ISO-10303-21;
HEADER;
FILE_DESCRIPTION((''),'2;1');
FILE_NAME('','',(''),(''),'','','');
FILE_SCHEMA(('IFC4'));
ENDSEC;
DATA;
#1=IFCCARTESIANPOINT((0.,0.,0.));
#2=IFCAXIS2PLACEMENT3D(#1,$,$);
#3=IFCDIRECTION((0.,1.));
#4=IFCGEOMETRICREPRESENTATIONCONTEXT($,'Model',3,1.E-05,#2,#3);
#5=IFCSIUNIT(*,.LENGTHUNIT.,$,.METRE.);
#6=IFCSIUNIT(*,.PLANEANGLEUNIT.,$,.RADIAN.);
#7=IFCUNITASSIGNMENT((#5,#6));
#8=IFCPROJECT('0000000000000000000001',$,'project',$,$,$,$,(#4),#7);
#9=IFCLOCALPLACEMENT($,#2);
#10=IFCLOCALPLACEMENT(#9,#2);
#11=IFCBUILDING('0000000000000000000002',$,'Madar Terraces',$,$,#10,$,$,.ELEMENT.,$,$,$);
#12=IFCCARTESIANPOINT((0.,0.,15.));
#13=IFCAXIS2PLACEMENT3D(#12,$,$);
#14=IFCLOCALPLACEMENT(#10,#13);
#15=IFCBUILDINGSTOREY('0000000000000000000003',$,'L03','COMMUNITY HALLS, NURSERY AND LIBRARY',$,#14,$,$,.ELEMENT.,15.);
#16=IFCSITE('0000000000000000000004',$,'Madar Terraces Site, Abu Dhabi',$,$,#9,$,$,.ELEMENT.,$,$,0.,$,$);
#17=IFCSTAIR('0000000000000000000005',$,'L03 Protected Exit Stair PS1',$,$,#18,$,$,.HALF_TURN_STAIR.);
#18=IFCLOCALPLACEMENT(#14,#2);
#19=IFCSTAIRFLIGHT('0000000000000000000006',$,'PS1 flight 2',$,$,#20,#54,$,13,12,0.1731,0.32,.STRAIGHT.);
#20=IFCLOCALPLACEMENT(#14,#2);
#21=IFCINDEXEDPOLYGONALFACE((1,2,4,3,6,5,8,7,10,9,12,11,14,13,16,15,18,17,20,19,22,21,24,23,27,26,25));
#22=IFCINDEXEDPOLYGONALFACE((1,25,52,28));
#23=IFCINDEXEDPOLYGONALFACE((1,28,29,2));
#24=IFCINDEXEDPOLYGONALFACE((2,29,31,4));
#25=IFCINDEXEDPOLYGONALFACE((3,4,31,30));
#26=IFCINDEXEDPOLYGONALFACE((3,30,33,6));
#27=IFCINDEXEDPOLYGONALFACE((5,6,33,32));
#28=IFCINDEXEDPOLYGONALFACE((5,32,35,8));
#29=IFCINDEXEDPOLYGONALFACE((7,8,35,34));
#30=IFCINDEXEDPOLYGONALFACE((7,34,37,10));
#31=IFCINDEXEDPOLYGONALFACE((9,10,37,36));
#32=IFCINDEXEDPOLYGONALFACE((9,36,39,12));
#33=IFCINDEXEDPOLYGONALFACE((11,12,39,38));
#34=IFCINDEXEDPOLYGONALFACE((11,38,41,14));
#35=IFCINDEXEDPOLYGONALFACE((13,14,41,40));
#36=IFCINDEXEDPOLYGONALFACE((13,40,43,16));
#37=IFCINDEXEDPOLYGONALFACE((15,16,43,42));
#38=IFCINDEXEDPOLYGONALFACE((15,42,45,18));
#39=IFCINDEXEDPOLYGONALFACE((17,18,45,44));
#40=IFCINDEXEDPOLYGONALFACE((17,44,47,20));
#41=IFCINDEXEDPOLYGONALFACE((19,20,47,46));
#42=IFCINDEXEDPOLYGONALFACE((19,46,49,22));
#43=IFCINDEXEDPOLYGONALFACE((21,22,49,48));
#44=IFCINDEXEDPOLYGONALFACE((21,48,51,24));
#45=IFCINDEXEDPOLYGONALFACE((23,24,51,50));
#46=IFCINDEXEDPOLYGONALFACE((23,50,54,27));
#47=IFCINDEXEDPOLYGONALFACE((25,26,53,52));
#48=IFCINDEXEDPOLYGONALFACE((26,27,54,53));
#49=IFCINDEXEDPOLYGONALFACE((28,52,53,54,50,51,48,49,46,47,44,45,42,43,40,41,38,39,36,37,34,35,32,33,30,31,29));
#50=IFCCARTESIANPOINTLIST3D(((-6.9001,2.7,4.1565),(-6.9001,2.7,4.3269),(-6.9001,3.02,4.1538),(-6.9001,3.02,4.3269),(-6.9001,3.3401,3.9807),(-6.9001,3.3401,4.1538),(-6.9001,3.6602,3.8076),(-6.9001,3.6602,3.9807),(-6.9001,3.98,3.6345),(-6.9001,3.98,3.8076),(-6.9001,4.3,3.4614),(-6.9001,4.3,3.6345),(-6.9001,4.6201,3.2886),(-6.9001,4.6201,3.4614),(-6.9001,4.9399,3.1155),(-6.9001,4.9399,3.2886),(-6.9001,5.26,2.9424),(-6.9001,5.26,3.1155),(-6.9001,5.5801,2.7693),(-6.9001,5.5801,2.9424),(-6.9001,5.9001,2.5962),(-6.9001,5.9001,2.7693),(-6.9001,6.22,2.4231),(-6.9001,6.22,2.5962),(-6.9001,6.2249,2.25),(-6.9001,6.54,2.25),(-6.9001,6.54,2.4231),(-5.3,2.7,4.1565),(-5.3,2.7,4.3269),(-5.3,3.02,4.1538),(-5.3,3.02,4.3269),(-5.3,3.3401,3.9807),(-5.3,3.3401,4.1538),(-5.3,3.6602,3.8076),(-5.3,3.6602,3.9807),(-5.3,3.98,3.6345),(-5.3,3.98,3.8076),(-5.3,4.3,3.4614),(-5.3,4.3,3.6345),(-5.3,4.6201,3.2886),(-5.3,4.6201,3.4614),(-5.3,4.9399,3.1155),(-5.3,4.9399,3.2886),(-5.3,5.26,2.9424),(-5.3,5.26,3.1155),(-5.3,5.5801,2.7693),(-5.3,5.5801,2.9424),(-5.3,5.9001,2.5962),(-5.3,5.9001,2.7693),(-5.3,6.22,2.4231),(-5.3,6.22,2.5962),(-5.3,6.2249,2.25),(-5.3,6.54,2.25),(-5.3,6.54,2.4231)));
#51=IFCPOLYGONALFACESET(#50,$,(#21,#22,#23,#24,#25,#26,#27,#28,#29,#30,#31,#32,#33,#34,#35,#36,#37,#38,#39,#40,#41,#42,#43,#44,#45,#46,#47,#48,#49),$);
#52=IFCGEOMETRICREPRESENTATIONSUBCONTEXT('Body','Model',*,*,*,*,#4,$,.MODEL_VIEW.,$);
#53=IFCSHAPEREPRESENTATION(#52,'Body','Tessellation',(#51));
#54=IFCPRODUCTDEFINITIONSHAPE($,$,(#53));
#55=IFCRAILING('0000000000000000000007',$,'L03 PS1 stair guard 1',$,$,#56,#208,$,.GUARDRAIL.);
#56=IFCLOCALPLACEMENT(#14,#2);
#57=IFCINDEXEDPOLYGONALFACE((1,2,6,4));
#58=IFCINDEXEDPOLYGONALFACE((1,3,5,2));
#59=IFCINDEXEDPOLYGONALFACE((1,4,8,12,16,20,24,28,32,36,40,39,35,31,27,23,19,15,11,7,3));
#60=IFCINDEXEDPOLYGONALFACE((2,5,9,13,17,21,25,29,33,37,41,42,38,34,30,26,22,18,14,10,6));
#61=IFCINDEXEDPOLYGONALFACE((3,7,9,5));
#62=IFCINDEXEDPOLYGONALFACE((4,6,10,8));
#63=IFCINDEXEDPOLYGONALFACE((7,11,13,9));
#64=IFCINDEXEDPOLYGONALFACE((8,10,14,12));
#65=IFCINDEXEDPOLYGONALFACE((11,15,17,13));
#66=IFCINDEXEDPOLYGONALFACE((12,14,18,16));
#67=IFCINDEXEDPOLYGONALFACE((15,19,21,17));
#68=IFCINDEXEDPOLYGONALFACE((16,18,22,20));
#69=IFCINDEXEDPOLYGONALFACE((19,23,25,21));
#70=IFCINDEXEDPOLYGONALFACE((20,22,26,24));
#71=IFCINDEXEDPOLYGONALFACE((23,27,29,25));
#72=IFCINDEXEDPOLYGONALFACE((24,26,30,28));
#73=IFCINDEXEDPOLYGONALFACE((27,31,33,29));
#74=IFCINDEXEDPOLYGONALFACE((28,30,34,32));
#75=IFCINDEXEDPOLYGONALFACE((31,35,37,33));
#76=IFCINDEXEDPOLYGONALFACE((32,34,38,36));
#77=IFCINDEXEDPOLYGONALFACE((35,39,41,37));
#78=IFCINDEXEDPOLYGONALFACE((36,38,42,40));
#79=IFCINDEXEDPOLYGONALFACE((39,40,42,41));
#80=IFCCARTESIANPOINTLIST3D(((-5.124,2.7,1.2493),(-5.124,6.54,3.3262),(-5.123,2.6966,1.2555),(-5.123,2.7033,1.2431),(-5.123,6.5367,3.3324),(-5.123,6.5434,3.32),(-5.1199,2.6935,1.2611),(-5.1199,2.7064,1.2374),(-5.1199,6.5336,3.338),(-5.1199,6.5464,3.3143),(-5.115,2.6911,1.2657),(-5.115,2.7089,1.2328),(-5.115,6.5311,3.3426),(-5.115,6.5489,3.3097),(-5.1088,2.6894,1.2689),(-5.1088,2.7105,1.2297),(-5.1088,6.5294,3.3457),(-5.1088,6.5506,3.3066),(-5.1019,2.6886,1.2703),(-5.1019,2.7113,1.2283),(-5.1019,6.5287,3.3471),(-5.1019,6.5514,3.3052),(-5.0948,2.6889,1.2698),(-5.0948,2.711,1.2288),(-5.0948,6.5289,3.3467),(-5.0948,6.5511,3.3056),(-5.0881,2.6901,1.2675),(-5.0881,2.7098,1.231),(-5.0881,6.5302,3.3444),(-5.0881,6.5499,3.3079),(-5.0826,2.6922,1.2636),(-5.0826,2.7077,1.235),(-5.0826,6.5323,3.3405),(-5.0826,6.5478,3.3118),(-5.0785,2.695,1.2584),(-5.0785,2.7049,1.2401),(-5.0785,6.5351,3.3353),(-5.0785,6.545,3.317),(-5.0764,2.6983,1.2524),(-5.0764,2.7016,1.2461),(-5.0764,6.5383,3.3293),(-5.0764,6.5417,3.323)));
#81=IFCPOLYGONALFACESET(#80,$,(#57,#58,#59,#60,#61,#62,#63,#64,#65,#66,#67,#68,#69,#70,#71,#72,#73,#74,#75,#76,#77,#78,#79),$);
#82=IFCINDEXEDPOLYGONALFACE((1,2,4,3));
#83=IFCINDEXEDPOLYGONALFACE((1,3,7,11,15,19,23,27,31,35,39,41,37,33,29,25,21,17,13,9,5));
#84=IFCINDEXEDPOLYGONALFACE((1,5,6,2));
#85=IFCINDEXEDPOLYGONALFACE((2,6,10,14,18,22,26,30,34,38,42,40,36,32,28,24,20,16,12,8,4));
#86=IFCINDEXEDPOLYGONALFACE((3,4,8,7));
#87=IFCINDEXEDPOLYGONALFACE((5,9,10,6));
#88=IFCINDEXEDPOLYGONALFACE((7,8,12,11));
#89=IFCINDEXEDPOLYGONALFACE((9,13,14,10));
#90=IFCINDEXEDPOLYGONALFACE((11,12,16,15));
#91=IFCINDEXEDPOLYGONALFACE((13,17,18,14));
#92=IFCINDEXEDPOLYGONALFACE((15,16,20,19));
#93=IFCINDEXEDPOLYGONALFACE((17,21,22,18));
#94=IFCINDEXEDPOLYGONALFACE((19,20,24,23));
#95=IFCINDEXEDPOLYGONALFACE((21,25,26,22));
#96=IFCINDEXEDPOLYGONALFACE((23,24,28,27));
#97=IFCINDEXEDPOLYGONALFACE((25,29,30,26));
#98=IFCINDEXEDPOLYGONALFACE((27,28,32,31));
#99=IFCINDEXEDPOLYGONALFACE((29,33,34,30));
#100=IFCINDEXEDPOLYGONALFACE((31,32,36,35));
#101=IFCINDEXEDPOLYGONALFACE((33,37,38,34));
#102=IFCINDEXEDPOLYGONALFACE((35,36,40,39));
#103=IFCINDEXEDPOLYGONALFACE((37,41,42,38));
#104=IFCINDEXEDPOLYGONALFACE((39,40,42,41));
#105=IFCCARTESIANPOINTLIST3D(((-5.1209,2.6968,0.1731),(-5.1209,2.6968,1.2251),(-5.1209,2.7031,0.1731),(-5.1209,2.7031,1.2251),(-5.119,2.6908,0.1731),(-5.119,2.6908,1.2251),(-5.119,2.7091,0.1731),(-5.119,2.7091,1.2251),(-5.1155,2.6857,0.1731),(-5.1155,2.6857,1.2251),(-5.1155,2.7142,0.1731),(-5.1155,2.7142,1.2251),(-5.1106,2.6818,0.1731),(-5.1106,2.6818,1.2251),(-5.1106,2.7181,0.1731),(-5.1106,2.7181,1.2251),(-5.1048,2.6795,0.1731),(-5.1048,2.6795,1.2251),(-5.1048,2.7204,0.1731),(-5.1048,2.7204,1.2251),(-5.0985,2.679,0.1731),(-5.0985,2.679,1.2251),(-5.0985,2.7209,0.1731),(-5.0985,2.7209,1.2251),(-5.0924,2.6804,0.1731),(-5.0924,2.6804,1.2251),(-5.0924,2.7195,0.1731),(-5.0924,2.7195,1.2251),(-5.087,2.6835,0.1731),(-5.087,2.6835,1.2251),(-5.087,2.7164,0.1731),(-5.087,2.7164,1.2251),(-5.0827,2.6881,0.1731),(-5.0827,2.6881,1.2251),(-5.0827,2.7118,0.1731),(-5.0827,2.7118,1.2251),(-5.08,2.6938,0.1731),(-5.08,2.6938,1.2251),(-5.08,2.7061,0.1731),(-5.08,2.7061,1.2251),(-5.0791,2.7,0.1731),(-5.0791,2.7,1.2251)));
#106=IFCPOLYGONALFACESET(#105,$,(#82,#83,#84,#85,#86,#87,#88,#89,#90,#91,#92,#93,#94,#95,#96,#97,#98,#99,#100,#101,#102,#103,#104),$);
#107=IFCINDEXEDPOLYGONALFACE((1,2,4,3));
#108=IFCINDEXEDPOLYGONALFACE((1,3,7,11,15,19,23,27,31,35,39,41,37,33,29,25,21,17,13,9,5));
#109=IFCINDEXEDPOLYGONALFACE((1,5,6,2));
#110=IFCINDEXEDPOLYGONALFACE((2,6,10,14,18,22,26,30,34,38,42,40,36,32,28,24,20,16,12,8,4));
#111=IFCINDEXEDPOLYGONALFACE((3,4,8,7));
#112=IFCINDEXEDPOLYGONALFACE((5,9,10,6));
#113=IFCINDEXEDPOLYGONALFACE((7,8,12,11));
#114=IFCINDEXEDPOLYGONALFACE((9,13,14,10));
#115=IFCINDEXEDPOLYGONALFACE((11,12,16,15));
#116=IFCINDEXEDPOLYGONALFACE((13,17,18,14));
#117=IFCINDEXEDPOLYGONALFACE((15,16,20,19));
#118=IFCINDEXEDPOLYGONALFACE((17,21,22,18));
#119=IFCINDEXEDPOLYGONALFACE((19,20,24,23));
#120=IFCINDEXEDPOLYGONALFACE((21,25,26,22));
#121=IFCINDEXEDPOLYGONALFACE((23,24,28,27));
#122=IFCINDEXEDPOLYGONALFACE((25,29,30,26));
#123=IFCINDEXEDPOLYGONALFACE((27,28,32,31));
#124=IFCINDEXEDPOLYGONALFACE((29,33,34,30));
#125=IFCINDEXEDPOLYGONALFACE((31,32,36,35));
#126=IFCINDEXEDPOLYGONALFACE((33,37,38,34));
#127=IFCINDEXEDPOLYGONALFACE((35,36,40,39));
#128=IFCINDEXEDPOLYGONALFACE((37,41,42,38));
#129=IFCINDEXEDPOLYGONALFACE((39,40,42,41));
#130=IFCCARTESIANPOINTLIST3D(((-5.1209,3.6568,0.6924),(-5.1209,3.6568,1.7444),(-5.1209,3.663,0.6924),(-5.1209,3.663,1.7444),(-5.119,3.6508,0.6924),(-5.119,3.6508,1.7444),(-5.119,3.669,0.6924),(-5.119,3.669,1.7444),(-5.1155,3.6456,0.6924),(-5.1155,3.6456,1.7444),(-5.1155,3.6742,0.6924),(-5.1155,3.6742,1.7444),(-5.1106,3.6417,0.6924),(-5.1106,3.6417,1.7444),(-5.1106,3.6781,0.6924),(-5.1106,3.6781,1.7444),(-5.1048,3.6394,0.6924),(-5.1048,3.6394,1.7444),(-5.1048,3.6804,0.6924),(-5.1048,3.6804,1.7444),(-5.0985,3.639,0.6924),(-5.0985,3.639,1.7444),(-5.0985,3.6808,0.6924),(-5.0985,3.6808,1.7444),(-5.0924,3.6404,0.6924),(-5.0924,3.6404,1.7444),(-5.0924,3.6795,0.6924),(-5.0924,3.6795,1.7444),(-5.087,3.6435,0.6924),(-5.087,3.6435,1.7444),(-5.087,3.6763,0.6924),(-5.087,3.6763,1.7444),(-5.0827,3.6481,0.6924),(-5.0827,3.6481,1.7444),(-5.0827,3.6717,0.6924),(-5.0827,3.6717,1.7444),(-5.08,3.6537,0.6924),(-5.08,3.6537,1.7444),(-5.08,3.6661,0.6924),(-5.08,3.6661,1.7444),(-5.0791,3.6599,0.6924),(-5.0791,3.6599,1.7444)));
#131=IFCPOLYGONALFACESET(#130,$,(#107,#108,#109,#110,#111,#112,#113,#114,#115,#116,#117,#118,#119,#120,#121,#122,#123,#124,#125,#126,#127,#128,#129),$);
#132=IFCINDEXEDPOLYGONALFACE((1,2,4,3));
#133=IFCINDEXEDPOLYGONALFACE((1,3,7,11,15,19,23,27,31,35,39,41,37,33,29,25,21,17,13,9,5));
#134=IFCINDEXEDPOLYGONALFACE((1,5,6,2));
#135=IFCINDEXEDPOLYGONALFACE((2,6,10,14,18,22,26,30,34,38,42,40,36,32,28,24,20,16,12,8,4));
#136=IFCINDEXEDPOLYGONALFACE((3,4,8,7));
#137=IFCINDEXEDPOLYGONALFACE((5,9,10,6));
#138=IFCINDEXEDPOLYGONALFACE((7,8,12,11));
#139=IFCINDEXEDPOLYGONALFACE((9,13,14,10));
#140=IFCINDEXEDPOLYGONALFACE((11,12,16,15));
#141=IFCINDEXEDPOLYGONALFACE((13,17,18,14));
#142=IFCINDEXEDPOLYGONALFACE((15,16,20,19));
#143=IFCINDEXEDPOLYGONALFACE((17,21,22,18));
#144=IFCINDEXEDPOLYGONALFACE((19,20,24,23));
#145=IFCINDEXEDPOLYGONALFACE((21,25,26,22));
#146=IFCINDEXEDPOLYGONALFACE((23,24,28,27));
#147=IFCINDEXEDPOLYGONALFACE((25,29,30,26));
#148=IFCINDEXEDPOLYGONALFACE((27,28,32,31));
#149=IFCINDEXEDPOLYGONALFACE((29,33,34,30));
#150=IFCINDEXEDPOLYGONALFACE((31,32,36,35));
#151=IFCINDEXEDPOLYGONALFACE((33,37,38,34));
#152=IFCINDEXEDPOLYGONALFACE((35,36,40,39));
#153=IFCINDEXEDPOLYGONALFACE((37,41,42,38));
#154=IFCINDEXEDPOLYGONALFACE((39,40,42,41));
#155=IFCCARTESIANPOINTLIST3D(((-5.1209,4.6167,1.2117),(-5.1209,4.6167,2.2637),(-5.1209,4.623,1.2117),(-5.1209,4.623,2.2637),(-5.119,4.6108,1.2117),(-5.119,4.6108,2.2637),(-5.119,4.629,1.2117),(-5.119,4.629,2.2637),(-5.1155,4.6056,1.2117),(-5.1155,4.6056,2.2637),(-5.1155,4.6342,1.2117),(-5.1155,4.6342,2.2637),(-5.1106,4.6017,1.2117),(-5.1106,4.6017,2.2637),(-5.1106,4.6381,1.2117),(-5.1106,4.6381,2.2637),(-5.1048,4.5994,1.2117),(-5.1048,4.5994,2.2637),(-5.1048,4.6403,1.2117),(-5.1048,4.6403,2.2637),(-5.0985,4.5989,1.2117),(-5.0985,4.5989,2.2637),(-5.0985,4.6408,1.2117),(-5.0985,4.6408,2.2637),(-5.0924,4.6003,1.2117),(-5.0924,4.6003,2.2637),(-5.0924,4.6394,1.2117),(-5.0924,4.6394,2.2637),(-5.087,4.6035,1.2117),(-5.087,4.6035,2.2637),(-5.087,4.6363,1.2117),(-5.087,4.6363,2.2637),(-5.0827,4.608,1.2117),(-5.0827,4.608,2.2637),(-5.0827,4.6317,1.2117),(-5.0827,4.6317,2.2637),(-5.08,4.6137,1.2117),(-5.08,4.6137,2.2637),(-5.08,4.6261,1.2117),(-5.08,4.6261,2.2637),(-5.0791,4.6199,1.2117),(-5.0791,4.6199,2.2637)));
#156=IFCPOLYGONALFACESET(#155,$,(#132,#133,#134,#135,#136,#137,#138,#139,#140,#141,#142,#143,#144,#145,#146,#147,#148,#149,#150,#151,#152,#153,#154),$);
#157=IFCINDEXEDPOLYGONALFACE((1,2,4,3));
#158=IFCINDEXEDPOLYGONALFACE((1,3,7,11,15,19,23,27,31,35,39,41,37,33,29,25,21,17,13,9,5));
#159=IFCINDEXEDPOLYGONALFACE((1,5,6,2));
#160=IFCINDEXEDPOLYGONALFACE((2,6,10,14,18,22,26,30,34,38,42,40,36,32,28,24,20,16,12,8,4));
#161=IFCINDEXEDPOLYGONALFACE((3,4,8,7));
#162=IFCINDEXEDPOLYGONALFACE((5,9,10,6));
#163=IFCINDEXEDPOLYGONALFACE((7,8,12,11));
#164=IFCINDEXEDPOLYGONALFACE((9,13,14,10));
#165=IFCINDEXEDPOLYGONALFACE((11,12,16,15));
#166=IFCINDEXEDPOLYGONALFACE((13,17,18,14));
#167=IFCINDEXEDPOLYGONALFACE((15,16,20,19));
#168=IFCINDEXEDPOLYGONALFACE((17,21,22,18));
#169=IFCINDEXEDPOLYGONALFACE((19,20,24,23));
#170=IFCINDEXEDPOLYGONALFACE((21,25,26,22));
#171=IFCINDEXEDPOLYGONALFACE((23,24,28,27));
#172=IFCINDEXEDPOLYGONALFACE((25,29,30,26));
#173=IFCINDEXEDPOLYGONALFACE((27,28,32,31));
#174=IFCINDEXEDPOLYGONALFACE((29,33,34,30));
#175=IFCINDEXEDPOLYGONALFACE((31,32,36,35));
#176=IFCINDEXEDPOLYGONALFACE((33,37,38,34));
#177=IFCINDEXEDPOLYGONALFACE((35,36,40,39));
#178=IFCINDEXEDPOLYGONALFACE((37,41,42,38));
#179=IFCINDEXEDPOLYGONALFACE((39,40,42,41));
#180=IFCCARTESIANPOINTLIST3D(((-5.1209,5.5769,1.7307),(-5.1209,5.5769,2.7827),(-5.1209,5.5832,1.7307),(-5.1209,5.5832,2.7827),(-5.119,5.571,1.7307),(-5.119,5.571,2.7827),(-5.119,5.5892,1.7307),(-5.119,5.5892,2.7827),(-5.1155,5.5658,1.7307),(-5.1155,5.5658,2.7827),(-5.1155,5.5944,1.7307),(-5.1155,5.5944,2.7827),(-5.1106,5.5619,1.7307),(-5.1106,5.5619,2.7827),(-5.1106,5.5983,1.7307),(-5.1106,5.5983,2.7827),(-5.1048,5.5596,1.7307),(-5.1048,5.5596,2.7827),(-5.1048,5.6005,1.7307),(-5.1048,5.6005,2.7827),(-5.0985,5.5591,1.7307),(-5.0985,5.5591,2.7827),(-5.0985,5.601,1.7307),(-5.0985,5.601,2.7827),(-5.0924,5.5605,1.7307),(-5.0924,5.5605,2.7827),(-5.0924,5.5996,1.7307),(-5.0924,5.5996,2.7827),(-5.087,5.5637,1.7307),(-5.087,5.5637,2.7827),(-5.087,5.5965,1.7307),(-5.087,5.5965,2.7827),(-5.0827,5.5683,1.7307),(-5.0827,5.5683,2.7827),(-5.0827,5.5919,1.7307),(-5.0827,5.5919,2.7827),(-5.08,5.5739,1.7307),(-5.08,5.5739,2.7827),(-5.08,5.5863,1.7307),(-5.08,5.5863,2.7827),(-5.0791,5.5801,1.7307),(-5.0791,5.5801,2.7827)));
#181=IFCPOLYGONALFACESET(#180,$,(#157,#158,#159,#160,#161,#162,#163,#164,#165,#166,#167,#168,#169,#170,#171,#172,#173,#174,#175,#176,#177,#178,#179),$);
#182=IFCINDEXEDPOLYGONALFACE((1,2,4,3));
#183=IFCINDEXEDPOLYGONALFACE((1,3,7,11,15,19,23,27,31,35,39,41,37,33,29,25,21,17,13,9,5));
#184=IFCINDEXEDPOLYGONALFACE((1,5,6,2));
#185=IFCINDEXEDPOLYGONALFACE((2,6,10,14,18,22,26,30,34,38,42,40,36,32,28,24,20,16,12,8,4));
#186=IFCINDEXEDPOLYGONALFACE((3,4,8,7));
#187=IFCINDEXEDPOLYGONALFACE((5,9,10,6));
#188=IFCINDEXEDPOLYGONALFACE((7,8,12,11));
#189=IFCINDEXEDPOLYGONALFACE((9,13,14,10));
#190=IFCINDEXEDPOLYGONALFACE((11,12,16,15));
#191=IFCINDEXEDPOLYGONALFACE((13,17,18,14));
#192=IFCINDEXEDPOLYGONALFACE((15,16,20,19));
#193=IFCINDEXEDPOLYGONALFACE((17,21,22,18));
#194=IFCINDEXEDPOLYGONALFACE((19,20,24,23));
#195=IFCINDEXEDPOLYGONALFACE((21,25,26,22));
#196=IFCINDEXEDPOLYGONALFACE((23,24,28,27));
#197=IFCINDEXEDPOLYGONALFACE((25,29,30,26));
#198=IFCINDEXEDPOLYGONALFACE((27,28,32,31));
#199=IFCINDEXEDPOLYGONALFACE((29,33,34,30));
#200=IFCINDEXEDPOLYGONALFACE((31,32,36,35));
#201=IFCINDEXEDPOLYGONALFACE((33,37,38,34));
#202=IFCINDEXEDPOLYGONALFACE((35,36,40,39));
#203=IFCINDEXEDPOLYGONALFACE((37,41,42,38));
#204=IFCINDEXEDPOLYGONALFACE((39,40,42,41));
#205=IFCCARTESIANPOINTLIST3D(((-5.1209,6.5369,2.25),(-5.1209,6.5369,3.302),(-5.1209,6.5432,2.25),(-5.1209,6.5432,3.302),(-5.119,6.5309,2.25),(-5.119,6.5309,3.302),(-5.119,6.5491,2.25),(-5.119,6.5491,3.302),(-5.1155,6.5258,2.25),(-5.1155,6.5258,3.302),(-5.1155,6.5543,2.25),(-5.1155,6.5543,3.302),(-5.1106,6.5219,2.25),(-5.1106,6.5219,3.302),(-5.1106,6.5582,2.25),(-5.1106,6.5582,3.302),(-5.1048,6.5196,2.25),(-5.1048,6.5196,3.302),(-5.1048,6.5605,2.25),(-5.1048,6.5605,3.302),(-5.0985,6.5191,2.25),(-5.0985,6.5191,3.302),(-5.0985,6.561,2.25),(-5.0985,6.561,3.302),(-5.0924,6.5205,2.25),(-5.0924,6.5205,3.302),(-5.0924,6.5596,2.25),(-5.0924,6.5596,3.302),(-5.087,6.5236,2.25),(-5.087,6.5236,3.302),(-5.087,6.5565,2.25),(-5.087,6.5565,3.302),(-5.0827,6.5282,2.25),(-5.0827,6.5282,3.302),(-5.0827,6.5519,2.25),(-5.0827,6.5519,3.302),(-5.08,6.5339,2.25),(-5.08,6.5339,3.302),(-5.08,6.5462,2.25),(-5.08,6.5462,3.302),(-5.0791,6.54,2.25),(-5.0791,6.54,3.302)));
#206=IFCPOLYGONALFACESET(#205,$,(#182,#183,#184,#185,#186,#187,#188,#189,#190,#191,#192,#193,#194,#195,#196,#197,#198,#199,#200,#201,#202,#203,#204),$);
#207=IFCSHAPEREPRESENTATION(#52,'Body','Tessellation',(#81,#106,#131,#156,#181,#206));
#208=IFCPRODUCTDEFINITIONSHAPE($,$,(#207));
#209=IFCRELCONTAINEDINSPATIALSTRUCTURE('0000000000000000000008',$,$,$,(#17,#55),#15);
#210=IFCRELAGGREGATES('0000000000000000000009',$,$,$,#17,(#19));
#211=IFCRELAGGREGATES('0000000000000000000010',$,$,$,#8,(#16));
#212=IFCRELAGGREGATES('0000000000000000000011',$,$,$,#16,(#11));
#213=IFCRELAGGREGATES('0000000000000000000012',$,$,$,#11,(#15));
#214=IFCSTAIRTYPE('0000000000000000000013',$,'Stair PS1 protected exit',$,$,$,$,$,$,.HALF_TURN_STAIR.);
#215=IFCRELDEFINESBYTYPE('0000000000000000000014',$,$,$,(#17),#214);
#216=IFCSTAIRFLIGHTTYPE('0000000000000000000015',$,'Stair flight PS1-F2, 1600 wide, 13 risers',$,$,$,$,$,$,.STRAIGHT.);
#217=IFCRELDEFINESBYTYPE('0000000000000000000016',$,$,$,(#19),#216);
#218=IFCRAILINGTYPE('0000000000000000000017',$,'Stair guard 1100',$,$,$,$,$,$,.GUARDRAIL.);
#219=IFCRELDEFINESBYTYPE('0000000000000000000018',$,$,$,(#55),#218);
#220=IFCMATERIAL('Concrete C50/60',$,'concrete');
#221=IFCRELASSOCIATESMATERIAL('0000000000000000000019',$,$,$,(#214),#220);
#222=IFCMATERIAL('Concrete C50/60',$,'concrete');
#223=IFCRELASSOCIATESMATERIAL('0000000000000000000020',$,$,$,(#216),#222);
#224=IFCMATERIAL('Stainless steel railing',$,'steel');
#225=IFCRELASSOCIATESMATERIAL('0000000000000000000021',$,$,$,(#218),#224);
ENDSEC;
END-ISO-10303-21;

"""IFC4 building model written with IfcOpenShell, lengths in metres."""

from ifc_helpers import new_model, si_unit, direction, frame, origin, origin_2d, place, context, subcontext, project, spatial, polyline, circle, outline, extrude, material, type_object, element, aggregate, save


model = new_model("IFC4")

# Units and contexts
model_context = context("Model", 3, precision=1e-05, world=origin(), true_north=direction((0.0, 1.0)))
body_context = subcontext(model_context, "Body", "Model", "MODEL_VIEW")
ifc_project = project(units=[si_unit("LENGTHUNIT", "METRE"), si_unit("PLANEANGLEUNIT", "RADIAN")], contexts=[model_context])

# Site, building, storey
site_placement = place(None, origin())
site = spatial("IfcSite", under=ifc_project, at=site_placement, Name="Madar Terraces Site, Abu Dhabi", CompositionType="ELEMENT", RefElevation=0.0)
building_placement = place(site_placement, origin())
building = spatial("IfcBuilding", under=site, at=building_placement, Name="Madar Terraces", CompositionType="ELEMENT")
storey_placement = place(building_placement, frame((0.0, 0.0, 15.0)))
storey = spatial("IfcBuildingStorey", under=building, at=storey_placement, Name="L03", Description="COMMUNITY HALLS, NURSERY AND LIBRARY", CompositionType="ELEMENT", Elevation=15.0)

# Stair
ifc_material_1 = material(Name="Concrete C50/60", Category="concrete")
stair_type_1 = type_object("IfcStairType", Name="Stair PS1 protected exit", PredefinedType="HALF_TURN_STAIR", material=ifc_material_1)
stair_1_placement = place(storey_placement, origin())
stair_1 = element("IfcStair", 1, at=stair_1_placement, inside=storey, type_object=stair_type_1, Name="L03 Protected Exit Stair PS1", PredefinedType="HALF_TURN_STAIR")

# Stair flight
ifc_material_2 = material(Name="Concrete C50/60", Category="concrete")
stair_flight_type = type_object("IfcStairFlightType", Name="Stair flight PS1-F2, 1600 wide, 13 risers", PredefinedType="STRAIGHT", material=ifc_material_2)
stair_flight_1_placement = place(storey_placement, frame((-6.1001, 6.54, 2.25), z_axis=(0.0, 0.0, 1.0), x_axis=(0.0, -1.0, 0.0)))
stair_flight_1 = element("IfcStairFlight", 2, at=stair_flight_1_placement, type_object=stair_flight_type, Name="PS1 flight 2", NumberOfRisers=13, NumberOfTreads=12, PredefinedType="STRAIGHT", RiserHeight=0.1731, TreadLength=0.32, context=body_context, shape_type="SweptSolid", body=[
    extrude(outline(polyline([(0.0, 0.0), (0.0, 0.1731), (0.3201, 0.1731), (0.3201, 0.3462), (0.6399, 0.3462), (0.6399, 0.5193), (0.96, 0.5193), (0.96, 0.6924), (1.28, 0.6924), (1.28, 0.8655), (1.6001, 0.8655), (1.6001, 1.0386), (1.9199, 1.0386), (1.9199, 1.2114), (2.24, 1.2114), (2.24, 1.3845), (2.5601, 1.3845), (2.5601, 1.5576), (2.8799, 1.5576), (2.8799, 1.7307), (3.2, 1.7307), (3.2, 1.9038), (3.52, 1.9038), (3.52, 2.0769), (3.8401, 2.0769), (3.8401, 2.25), (3.8401, 1.9065), (0.3152, 0.0), (0.0, 0.0)])), frame((0.0, 0.8, 0.0), z_axis=(0.0, -1.0, 0.0), x_axis=(1.0, 0.0, 0.0)), (0.0, 0.0, 1.0), 1.6001),
])
aggregate(stair_1, [stair_flight_1])

# Railing
ifc_material_3 = material(Name="Stainless steel railing", Category="steel")
railing_type_1 = type_object("IfcRailingType", Name="Stair guard 1100", PredefinedType="GUARDRAIL", material=ifc_material_3)
railing_1_placement = place(storey_placement, frame((-5.1001, 2.7, 0.1731)))
element("IfcRailing", 3, at=railing_1_placement, inside=storey, type_object=railing_type_1, Name="L03 PS1 stair guard 1", PredefinedType="GUARDRAIL", context=body_context, shape_type="SweptSolid", body=[
    extrude(circle(Radius=0.0239, at=origin_2d()), frame((0.0, 0.0, 1.0762), z_axis=(0.0, 0.879593, 0.475726), x_axis=(-1.0, 0.0, 0.0)), (0.0, 0.0, 1.0), 4.3657),
    extrude(circle(Radius=0.021, at=origin_2d()), origin(), (0.0, 0.0, 1.0), 1.052),
    extrude(circle(Radius=0.021, at=origin_2d()), frame((0.0, 0.96, 0.5193)), (0.0, 0.0, 1.0), 1.052),
    extrude(circle(Radius=0.021, at=origin_2d()), frame((0.0, 1.9199, 1.0386)), (0.0, 0.0, 1.0), 1.052),
    extrude(circle(Radius=0.021, at=origin_2d()), frame((0.0, 2.8801, 1.5576)), (0.0, 0.0, 1.0), 1.052),
    extrude(circle(Radius=0.021, at=origin_2d()), frame((0.0, 3.8401, 2.0769)), (0.0, 0.0, 1.0), 1.052),
])

save(model, "model.ifc")
